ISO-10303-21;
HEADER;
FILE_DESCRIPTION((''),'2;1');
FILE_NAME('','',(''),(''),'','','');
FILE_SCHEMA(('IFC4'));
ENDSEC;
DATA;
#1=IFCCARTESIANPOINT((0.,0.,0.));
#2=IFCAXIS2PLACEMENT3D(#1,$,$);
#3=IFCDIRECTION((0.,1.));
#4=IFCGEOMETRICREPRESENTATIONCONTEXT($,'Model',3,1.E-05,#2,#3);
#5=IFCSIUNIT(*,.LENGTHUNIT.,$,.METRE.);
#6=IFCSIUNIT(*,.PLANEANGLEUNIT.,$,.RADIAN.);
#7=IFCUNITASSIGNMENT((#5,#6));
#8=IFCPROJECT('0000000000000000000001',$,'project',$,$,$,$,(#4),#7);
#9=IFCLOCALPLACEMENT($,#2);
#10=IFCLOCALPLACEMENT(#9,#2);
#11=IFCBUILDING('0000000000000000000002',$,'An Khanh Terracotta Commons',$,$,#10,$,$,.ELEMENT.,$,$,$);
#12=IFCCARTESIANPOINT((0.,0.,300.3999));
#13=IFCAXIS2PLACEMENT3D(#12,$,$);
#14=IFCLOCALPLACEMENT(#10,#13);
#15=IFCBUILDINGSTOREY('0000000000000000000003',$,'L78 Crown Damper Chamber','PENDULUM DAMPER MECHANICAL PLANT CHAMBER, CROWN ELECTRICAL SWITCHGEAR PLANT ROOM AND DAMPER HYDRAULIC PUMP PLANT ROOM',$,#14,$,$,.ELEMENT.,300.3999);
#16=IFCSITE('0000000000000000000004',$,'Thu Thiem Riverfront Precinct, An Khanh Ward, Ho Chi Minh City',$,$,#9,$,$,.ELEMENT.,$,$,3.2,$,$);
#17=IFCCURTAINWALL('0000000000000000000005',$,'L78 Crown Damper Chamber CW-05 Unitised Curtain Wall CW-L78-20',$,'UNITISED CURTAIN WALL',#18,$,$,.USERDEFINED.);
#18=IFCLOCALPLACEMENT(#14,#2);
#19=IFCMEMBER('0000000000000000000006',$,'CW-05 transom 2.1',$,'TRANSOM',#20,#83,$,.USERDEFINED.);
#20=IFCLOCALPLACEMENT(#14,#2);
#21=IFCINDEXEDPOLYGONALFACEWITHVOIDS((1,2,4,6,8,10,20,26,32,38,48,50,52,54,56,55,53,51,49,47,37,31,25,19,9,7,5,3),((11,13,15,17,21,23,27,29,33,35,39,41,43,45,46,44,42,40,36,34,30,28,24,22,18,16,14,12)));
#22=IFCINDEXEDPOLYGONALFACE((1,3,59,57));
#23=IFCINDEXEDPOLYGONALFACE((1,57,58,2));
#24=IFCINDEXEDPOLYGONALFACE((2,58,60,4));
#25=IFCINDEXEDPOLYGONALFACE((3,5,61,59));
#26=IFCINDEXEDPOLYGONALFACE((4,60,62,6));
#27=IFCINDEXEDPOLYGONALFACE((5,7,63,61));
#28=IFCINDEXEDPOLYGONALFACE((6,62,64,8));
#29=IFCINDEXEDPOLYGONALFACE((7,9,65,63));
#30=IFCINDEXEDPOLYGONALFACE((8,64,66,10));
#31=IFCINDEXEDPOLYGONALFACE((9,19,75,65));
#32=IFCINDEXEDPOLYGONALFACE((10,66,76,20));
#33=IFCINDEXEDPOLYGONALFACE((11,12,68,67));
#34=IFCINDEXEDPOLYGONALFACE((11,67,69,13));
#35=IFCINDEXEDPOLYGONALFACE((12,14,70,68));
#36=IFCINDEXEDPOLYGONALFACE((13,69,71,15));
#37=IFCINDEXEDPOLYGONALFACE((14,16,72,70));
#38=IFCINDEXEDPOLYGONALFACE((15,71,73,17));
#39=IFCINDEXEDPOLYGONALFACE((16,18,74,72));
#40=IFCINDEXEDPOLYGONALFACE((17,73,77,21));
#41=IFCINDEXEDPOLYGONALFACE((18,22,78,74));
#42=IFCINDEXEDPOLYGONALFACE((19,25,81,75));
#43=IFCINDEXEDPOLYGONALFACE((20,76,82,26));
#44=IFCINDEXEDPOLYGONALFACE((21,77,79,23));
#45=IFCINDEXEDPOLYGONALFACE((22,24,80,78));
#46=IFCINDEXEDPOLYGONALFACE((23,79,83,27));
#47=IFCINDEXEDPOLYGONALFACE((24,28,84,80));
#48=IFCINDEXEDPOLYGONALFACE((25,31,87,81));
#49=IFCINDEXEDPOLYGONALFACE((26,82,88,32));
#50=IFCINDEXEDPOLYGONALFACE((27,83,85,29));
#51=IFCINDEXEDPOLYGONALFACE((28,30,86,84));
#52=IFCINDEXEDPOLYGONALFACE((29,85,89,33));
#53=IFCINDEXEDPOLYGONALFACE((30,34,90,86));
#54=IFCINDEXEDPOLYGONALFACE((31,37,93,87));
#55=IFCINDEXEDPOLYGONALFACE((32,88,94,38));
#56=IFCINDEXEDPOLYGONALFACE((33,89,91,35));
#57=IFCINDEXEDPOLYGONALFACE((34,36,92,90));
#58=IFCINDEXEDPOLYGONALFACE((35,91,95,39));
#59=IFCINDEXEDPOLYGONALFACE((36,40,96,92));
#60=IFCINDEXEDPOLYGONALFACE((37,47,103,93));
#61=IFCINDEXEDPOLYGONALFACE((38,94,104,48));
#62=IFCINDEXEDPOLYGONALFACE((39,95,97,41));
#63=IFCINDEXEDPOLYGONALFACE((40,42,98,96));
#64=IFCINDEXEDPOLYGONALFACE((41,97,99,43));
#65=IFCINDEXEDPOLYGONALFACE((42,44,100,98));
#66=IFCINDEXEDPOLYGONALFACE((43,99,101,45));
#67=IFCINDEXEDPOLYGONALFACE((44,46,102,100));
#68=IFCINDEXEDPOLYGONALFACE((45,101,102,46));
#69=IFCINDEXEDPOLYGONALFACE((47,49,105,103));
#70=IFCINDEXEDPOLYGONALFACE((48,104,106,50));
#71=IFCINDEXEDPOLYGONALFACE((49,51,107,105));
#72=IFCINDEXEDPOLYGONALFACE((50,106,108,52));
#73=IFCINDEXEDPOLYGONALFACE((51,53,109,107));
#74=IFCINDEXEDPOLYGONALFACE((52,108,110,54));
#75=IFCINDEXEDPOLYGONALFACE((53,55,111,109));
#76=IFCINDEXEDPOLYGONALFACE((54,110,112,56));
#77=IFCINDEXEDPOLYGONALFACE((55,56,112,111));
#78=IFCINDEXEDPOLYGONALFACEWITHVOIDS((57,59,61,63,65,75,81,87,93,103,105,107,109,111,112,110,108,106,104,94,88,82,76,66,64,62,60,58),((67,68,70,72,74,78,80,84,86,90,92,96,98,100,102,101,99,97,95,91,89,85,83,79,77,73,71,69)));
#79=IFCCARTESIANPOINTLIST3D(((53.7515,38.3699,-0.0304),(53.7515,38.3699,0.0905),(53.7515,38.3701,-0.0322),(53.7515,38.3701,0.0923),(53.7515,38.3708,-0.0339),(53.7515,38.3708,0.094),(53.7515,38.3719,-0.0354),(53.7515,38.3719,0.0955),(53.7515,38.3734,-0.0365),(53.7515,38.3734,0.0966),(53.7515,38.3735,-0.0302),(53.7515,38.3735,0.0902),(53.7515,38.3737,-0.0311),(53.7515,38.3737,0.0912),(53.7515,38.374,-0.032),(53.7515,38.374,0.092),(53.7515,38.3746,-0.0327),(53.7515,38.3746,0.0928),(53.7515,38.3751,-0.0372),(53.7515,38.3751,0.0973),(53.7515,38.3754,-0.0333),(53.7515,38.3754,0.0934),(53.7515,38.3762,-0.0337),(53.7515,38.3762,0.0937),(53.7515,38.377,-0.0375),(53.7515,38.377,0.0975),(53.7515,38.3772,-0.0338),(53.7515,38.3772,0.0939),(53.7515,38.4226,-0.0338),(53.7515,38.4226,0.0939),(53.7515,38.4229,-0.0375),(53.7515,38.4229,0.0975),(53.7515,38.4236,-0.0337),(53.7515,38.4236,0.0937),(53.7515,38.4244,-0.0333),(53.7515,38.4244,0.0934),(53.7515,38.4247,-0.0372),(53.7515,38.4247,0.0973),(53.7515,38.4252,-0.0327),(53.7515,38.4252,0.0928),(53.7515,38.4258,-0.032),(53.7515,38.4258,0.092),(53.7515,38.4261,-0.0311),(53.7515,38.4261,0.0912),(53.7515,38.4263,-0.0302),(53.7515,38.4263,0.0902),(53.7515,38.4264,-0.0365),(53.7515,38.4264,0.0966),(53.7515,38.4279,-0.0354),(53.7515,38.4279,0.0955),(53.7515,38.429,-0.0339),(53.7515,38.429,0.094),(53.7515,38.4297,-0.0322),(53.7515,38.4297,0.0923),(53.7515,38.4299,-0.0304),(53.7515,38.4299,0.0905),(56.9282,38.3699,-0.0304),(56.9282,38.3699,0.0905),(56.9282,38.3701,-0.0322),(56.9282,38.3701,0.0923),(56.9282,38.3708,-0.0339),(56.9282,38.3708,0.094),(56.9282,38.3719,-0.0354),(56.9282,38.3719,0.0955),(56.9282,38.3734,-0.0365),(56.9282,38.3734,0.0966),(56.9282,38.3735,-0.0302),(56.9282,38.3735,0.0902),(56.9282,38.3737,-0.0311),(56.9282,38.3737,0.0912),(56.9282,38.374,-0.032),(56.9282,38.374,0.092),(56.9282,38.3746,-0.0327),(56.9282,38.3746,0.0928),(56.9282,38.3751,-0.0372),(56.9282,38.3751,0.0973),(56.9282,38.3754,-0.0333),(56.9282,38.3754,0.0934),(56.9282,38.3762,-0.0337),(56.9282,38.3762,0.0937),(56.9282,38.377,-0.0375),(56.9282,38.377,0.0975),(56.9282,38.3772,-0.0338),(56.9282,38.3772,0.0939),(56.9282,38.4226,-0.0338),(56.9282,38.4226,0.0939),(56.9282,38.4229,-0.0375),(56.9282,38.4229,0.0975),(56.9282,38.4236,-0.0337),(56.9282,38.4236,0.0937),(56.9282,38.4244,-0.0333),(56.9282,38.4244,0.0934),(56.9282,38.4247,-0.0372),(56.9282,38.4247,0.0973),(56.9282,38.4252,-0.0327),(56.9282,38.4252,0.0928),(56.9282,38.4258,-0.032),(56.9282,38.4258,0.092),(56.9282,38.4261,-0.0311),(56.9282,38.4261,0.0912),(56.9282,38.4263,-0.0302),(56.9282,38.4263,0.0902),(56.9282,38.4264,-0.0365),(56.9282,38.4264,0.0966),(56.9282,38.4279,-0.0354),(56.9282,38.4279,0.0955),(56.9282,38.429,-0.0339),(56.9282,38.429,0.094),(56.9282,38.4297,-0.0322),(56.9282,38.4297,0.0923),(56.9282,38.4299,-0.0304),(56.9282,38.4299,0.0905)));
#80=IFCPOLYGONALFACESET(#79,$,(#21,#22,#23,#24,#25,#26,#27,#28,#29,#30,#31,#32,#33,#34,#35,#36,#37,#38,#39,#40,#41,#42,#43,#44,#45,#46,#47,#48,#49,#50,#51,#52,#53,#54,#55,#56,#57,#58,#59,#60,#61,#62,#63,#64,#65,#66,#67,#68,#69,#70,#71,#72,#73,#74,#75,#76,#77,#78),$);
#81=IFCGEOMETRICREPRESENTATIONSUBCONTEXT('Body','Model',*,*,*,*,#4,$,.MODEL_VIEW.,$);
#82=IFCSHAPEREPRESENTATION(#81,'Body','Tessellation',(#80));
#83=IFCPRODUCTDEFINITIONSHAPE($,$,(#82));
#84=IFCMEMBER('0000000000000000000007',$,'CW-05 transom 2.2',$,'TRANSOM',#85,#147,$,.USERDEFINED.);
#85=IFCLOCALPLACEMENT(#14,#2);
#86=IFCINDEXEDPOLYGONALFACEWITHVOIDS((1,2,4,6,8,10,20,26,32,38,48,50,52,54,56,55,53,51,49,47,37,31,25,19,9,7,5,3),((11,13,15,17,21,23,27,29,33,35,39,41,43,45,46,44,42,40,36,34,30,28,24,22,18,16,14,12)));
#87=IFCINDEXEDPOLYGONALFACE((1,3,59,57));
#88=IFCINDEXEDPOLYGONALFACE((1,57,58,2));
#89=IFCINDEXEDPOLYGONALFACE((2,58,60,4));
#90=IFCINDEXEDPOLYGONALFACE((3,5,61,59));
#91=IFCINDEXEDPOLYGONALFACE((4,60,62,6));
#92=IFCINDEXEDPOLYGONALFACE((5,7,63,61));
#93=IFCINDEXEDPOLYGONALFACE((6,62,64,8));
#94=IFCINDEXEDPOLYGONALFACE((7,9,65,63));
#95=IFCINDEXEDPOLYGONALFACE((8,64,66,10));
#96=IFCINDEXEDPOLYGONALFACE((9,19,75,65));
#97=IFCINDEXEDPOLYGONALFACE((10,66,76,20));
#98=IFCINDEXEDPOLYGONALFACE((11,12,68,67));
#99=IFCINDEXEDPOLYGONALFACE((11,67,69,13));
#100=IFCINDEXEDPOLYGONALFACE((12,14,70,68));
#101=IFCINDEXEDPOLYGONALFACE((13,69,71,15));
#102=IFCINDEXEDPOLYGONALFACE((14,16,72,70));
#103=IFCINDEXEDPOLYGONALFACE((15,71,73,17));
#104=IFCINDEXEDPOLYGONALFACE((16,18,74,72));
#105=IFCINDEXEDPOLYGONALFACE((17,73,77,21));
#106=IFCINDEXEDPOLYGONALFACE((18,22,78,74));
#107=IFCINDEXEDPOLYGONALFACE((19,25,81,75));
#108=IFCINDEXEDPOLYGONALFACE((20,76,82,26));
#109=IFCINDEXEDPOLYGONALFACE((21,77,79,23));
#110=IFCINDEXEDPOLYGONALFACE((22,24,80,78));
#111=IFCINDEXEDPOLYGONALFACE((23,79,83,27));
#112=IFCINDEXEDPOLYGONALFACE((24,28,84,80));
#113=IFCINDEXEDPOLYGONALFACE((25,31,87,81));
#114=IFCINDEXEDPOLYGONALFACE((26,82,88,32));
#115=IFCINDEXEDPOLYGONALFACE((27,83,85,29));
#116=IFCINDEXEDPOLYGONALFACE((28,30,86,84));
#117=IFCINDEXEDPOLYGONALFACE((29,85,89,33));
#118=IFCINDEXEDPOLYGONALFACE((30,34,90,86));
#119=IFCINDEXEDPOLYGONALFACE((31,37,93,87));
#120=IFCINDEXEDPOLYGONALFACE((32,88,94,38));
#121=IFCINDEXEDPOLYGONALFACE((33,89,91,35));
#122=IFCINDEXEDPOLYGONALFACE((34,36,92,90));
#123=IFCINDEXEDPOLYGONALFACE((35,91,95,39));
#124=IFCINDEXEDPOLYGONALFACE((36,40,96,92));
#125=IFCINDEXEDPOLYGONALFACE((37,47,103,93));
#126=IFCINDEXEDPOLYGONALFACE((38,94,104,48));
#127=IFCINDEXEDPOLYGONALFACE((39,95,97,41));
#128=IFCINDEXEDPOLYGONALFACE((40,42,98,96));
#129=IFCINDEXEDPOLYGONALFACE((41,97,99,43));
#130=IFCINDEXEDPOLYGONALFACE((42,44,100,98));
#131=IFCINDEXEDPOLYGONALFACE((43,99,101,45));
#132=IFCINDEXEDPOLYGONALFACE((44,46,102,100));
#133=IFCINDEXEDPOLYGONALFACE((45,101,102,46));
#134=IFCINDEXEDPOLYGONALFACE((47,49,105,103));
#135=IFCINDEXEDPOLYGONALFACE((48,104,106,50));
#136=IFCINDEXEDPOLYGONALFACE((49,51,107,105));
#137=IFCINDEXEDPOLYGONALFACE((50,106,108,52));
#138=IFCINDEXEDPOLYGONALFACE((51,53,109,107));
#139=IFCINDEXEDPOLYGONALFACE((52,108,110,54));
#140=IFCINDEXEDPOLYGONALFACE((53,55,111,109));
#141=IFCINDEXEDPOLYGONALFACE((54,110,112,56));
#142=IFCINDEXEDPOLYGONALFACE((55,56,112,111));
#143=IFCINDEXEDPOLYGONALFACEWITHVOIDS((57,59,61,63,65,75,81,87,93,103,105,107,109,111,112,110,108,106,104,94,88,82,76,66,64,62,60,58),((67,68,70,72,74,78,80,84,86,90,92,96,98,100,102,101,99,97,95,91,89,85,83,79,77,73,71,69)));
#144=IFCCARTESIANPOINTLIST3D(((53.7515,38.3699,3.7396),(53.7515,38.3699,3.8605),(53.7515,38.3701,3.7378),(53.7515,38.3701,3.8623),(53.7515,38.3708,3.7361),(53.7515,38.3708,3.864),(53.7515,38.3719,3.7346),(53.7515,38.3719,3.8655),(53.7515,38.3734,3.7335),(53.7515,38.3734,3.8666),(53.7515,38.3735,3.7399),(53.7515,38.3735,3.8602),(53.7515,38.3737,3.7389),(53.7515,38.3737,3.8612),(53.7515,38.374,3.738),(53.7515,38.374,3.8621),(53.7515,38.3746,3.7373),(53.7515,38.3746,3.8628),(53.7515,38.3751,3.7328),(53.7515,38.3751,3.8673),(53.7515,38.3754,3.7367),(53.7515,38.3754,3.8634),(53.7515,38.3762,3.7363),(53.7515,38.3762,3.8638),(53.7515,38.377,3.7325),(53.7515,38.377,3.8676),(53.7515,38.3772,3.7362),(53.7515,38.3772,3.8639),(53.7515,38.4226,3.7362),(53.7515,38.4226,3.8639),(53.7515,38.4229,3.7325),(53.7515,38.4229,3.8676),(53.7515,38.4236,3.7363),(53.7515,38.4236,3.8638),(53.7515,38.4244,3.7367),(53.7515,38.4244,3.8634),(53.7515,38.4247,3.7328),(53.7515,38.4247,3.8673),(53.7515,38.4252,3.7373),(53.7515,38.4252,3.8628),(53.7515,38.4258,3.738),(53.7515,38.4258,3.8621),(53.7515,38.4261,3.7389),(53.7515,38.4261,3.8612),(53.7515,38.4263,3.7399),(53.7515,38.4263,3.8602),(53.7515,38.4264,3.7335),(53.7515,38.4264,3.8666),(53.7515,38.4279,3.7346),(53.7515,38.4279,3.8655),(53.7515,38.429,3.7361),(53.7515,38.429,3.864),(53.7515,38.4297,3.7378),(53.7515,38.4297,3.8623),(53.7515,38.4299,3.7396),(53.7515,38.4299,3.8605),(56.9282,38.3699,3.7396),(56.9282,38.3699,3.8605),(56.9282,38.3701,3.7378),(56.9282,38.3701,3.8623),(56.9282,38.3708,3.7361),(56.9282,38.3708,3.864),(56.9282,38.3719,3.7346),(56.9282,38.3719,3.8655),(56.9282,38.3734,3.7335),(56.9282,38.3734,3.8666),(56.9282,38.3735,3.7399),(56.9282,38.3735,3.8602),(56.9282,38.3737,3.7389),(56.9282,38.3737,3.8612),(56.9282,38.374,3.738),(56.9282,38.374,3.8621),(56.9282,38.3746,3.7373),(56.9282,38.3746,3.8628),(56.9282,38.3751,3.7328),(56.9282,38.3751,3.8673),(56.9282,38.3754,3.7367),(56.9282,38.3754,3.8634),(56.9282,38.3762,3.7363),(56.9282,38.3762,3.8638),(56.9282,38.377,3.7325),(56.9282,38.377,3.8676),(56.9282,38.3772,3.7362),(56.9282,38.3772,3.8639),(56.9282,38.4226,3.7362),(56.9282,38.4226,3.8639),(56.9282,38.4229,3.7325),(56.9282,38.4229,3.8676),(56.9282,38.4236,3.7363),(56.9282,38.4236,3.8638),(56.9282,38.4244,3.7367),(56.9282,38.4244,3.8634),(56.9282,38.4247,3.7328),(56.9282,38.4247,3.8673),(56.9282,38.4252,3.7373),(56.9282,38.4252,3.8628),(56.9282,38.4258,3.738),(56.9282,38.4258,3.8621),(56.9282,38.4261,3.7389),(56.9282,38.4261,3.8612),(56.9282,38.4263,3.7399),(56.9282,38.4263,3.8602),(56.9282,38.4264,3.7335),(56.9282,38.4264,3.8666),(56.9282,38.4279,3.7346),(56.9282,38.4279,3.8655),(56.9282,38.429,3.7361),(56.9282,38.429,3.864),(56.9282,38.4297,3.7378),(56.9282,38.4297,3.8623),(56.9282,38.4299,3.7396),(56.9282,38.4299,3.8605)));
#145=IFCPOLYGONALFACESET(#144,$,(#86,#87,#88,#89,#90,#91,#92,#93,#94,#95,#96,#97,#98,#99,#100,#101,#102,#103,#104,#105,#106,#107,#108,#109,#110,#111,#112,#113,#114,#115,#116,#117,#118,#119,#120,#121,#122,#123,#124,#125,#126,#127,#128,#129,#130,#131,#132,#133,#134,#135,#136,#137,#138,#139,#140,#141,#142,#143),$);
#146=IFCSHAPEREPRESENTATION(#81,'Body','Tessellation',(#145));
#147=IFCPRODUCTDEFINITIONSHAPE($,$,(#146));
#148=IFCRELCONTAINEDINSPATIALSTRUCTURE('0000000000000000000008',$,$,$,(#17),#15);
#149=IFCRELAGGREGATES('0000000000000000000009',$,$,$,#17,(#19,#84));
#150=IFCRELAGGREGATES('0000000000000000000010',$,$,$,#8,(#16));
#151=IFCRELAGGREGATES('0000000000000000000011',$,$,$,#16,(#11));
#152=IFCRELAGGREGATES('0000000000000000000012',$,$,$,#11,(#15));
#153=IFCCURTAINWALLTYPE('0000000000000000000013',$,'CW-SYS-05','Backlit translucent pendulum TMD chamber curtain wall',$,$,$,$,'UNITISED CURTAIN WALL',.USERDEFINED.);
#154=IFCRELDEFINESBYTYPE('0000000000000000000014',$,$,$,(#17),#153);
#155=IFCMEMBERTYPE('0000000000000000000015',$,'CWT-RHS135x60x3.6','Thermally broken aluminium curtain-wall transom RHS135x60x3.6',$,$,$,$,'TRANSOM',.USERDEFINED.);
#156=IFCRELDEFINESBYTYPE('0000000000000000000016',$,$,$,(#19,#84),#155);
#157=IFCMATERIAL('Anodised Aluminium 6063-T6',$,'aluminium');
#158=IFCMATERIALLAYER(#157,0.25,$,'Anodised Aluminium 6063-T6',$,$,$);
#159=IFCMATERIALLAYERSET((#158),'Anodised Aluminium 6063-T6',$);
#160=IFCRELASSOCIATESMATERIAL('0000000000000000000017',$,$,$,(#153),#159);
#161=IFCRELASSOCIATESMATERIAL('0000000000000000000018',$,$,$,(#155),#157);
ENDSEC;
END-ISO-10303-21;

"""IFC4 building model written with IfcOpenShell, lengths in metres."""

from ifc_helpers import new_model, si_unit, direction, frame, origin, origin_2d, place, context, subcontext, project, spatial, hollow_rectangle, extrude, material, layer, layer_set, material_profile, profile_set, type_object, element, aggregate, save


model = new_model("IFC4")

# Units and contexts
model_context = context("Model", 3, precision=1e-05, world=origin(), true_north=direction((0.0, 1.0)))
body_context = subcontext(model_context, "Body", "Model", "MODEL_VIEW")
ifc_project = project(units=[si_unit("LENGTHUNIT", "METRE"), si_unit("PLANEANGLEUNIT", "RADIAN")], contexts=[model_context])

# Site, building, storey
site_placement = place(None, origin())
site = spatial("IfcSite", under=ifc_project, at=site_placement, Name="Thu Thiem Riverfront Precinct, An Khanh Ward, Ho Chi Minh City", CompositionType="ELEMENT", RefElevation=3.2)
building_placement = place(site_placement, origin())
building = spatial("IfcBuilding", under=site, at=building_placement, Name="An Khanh Terracotta Commons", CompositionType="ELEMENT")
storey_placement = place(building_placement, frame((0.0, 0.0, 300.3999)))
storey = spatial("IfcBuildingStorey", under=building, at=storey_placement, Name="L78 Crown Damper Chamber", Description="PENDULUM DAMPER MECHANICAL PLANT CHAMBER, CROWN ELECTRICAL SWITCHGEAR PLANT ROOM AND DAMPER HYDRAULIC PUMP PLANT ROOM", CompositionType="ELEMENT", Elevation=300.3999)

# Curtain wall, members
ifc_material_1 = material(Name="Anodised Aluminium 6063-T6", Category="aluminium")
ifc_layer_1 = layer(ifc_material_1, 0.25, Name="Anodised Aluminium 6063-T6")
ifc_layer_set_1 = layer_set([ifc_layer_1], Name="Anodised Aluminium 6063-T6")
curtain_wall_type = type_object("IfcCurtainWallType", Name="CW-SYS-05", Description="Backlit translucent pendulum TMD chamber curtain wall", ElementType="UNITISED CURTAIN WALL", PredefinedType="USERDEFINED", material=ifc_layer_set_1)
curtain_wall_placement = place(storey_placement, origin())
curtain_wall = element("IfcCurtainWall", 1, at=curtain_wall_placement, inside=storey, type_object=curtain_wall_type, Name="L78 Crown Damper Chamber CW-05 Unitised Curtain Wall CW-L78-20", ObjectType="UNITISED CURTAIN WALL", PredefinedType="USERDEFINED")
ifc_material_profile_1 = material_profile(ifc_material_1, hollow_rectangle(XDim=0.0601, YDim=0.135, WallThickness=0.0037, InnerFilletRadius=0.0037, OuterFilletRadius=0.0071, at=origin_2d()), Name="RHS135x60x3.6")
ifc_profile_set_1 = profile_set([ifc_material_profile_1], Name="Anodised Aluminium 6063-T6")
member_type_1 = type_object("IfcMemberType", Name="CWT-RHS135x60x3.6", Description="Thermally broken aluminium curtain-wall transom RHS135x60x3.6", ElementType="TRANSOM", PredefinedType="USERDEFINED", material=ifc_profile_set_1)
member_1_placement = place(storey_placement, frame((56.9282, 38.3999, 0.03), z_axis=(-1.0, 0.0, 0.0), x_axis=(0.0, -1.0, 0.0)))
member_1 = element("IfcMember", 2, at=member_1_placement, type_object=member_type_1, Name="CW-05 transom 2.1", ObjectType="TRANSOM", PredefinedType="USERDEFINED", context=body_context, shape_type="SweptSolid", body=[
    extrude(hollow_rectangle(XDim=0.0601, YDim=0.135, WallThickness=0.0037, InnerFilletRadius=0.0037, OuterFilletRadius=0.0071, at=origin_2d()), origin(), (0.0, 0.0, 1.0), 3.1768),
])
member_2_placement = place(storey_placement, frame((56.9282, 38.3999, 3.8), z_axis=(-1.0, 0.0, 0.0), x_axis=(0.0, -1.0, 0.0)))
member_2 = element("IfcMember", 3, at=member_2_placement, type_object=member_type_1, Name="CW-05 transom 2.2", ObjectType="TRANSOM", PredefinedType="USERDEFINED", context=body_context, shape_type="SweptSolid", body=[
    extrude(hollow_rectangle(XDim=0.0601, YDim=0.135, WallThickness=0.0037, InnerFilletRadius=0.0037, OuterFilletRadius=0.0071, at=origin_2d()), origin(), (0.0, 0.0, 1.0), 3.1768),
])

aggregate(curtain_wall, [member_1, member_2])

save(model, "model.ifc")
